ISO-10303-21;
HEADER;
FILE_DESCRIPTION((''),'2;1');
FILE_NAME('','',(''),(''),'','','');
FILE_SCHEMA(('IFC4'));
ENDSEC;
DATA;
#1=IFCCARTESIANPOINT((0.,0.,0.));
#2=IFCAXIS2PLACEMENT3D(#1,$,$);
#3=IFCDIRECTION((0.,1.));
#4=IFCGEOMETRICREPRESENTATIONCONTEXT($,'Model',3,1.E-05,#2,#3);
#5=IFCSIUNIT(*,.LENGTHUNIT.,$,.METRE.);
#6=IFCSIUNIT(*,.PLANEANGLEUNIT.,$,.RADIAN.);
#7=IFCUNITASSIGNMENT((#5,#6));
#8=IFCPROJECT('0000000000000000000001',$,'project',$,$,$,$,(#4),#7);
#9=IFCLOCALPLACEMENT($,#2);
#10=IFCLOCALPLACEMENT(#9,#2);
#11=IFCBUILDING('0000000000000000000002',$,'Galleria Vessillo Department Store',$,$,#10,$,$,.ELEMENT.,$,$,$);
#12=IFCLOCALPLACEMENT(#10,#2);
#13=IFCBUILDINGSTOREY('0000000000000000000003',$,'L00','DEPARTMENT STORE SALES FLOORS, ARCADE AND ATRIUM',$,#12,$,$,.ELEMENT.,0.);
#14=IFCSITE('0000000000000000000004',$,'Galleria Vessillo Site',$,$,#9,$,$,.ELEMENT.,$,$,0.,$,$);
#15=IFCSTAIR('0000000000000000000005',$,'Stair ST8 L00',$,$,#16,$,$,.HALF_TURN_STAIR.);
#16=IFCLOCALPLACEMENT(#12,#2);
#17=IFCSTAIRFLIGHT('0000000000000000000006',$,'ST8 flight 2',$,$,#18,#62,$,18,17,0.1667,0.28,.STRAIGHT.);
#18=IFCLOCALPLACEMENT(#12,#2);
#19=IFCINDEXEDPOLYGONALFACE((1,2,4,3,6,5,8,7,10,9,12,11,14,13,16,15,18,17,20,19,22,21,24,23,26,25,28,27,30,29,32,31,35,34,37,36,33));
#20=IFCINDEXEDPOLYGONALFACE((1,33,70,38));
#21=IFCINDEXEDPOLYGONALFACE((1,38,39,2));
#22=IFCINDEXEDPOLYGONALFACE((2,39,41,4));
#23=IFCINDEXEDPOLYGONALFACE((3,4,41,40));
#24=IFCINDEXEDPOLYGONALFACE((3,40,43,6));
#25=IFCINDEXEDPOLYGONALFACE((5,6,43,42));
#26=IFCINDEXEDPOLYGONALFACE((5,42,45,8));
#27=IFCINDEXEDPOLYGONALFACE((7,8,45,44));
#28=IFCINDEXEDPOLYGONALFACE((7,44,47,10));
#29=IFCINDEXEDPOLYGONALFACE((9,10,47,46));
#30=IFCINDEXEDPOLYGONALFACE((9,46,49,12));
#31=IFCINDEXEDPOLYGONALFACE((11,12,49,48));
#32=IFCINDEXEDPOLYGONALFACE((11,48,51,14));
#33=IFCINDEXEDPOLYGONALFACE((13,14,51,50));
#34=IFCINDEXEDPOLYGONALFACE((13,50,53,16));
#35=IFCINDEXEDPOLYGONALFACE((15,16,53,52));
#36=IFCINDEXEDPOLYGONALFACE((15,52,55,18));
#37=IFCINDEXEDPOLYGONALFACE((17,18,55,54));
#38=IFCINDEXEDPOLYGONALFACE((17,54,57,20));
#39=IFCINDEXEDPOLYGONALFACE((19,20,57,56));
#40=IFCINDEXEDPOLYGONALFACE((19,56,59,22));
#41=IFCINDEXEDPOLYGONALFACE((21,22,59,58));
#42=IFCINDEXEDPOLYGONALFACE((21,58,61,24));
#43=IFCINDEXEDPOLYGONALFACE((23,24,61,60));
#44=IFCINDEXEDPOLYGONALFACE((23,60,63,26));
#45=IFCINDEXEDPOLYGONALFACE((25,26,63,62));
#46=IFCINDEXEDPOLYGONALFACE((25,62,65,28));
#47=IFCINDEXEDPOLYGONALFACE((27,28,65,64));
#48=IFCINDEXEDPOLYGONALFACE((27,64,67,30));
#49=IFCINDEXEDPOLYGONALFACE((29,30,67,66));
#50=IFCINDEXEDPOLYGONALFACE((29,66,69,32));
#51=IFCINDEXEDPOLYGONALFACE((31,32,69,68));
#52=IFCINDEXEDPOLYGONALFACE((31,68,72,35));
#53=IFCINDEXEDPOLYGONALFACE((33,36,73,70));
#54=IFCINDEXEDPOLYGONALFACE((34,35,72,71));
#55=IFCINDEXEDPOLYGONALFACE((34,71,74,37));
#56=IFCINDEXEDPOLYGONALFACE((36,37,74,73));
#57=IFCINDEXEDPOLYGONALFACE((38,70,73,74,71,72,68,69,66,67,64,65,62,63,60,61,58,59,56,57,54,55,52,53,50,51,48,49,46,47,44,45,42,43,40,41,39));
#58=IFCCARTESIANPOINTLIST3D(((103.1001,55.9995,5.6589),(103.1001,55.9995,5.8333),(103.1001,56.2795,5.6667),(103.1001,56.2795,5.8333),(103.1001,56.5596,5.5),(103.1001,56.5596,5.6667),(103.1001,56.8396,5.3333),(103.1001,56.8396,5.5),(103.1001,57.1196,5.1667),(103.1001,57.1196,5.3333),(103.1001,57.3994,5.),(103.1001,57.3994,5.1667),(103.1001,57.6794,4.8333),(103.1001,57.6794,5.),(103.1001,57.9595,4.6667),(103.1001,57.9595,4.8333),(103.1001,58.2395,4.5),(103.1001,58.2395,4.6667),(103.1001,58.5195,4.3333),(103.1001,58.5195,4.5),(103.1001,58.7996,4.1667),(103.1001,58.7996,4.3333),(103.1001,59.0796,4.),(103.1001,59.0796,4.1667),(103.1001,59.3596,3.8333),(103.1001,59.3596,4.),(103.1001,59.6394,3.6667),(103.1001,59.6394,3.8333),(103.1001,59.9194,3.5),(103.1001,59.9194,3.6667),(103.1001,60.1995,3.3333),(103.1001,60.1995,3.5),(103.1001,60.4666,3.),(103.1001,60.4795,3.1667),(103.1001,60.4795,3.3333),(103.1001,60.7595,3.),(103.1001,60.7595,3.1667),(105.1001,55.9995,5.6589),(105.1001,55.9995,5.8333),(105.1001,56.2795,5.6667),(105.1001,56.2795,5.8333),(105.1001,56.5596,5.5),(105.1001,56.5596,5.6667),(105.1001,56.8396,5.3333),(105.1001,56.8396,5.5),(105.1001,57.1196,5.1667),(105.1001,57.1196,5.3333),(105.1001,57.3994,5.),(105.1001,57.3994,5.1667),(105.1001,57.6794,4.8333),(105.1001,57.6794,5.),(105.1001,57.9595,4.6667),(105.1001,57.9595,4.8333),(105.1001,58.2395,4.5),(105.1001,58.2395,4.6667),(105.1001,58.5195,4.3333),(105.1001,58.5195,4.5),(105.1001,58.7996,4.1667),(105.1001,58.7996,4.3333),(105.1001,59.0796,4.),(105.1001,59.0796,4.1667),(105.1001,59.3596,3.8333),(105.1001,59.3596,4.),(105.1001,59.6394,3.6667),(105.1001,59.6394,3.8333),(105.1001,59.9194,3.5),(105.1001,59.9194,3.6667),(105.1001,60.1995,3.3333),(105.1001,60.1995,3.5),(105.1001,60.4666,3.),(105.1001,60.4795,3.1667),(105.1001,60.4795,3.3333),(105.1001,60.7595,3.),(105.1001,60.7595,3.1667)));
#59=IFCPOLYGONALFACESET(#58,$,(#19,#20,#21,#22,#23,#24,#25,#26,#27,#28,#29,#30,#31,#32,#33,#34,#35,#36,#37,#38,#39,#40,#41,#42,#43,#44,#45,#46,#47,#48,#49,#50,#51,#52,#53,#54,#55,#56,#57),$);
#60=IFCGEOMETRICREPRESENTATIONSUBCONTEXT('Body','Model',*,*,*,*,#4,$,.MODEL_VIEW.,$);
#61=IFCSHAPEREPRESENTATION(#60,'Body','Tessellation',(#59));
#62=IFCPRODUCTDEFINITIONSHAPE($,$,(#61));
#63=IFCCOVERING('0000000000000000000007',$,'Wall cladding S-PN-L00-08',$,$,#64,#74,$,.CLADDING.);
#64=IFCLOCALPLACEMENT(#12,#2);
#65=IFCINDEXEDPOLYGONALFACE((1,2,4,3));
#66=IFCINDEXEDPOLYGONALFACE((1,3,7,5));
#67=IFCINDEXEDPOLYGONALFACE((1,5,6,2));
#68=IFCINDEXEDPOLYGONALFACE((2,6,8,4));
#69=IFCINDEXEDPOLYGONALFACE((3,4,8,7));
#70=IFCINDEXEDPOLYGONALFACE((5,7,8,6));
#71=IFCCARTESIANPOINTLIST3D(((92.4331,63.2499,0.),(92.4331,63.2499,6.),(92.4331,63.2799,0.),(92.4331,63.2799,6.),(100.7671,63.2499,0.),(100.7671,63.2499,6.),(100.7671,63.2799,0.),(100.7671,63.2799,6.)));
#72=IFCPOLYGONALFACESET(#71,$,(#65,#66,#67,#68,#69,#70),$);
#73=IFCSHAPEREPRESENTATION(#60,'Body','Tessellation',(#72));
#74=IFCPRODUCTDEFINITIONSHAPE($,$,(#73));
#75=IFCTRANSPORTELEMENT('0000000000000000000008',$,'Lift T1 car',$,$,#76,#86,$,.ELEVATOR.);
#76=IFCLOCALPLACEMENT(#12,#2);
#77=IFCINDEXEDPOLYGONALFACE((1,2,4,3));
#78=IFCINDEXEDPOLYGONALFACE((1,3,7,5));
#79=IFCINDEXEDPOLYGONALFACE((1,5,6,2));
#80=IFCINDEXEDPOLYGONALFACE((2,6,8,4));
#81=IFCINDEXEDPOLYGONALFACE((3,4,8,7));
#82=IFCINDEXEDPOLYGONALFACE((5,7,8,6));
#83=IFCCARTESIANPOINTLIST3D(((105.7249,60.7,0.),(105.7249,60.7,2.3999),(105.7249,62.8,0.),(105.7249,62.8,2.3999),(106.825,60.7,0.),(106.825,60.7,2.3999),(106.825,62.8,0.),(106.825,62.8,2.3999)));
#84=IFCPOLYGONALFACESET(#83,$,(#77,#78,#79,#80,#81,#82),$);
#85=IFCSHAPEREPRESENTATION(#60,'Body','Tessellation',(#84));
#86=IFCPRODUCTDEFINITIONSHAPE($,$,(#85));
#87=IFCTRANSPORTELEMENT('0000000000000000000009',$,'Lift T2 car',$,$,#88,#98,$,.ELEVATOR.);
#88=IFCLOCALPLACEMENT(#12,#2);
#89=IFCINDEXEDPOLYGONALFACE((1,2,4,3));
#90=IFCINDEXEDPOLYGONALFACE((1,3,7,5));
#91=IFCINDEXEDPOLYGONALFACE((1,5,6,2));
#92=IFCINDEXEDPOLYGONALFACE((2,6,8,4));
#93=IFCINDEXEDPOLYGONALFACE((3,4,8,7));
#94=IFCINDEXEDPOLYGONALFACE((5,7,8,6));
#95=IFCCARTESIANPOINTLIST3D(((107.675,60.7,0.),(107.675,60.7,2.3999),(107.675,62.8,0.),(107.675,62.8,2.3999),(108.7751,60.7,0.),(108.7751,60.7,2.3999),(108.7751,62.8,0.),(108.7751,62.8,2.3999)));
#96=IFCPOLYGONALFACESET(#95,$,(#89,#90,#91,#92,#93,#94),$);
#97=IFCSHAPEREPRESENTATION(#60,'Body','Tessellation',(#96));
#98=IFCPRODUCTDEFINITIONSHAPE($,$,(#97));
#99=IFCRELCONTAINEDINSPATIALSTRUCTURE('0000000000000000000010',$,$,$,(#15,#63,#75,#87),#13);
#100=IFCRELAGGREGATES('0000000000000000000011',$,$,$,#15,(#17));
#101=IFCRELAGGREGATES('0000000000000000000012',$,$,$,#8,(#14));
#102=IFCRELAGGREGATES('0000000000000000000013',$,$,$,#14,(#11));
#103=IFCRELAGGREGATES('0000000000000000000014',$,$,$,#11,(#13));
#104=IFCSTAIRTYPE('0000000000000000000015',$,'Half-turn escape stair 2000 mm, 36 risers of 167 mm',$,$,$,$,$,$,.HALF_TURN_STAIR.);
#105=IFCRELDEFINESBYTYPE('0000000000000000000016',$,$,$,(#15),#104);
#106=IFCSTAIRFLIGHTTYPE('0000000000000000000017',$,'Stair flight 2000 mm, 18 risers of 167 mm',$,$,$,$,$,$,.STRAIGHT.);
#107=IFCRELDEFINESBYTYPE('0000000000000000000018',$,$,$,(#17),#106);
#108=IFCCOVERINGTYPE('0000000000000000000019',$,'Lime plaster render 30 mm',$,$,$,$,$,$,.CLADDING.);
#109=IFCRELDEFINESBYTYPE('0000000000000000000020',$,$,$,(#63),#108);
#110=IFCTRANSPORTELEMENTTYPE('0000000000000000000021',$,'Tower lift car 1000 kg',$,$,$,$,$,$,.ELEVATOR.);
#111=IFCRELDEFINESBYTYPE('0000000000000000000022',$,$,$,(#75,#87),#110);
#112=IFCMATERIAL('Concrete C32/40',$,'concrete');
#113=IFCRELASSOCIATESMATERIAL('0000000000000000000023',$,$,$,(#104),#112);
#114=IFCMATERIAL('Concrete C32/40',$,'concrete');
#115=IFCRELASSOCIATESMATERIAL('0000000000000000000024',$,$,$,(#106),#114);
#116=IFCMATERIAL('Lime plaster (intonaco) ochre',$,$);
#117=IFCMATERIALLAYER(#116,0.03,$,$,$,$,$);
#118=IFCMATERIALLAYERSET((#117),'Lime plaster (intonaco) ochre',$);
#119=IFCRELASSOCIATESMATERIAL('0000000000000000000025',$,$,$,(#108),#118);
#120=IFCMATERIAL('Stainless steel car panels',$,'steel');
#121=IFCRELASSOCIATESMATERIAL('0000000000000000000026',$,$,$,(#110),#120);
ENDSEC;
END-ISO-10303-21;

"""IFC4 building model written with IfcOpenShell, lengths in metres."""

from ifc_helpers import new_model, si_unit, direction, frame, origin, origin_2d, place, context, subcontext, project, spatial, polyline, rectangle, outline, extrude, material, layer, layer_set, type_object, element, aggregate, save


model = new_model("IFC4")

# Units and contexts
model_context = context("Model", 3, precision=1e-05, world=origin(), true_north=direction((0.0, 1.0)))
body_context = subcontext(model_context, "Body", "Model", "MODEL_VIEW")
ifc_project = project(units=[si_unit("LENGTHUNIT", "METRE"), si_unit("PLANEANGLEUNIT", "RADIAN")], contexts=[model_context])

# Site, building, storey
site_placement = place(None, origin())
site = spatial("IfcSite", under=ifc_project, at=site_placement, Name="Galleria Vessillo Site", CompositionType="ELEMENT", RefElevation=0.0)
building_placement = place(site_placement, origin())
building = spatial("IfcBuilding", under=site, at=building_placement, Name="Galleria Vessillo Department Store", CompositionType="ELEMENT")
storey_placement = place(building_placement, origin())
storey = spatial("IfcBuildingStorey", under=building, at=storey_placement, Name="L00", Description="DEPARTMENT STORE SALES FLOORS, ARCADE AND ATRIUM", CompositionType="ELEMENT", Elevation=0.0)

# Stair, stair flight
ifc_material_1 = material(Name="Concrete C32/40", Category="concrete")
stair_type = type_object("IfcStairType", Name="Half-turn escape stair 2000 mm, 36 risers of 167 mm", PredefinedType="HALF_TURN_STAIR", material=ifc_material_1)
stair_placement = place(storey_placement, origin())
stair = element("IfcStair", 1, at=stair_placement, inside=storey, type_object=stair_type, Name="Stair ST8 L00", PredefinedType="HALF_TURN_STAIR")
ifc_material_2 = material(Name="Concrete C32/40", Category="concrete")
stair_flight_type = type_object("IfcStairFlightType", Name="Stair flight 2000 mm, 18 risers of 167 mm", PredefinedType="STRAIGHT", material=ifc_material_2)
stair_flight_1_placement = place(storey_placement, frame((104.1001, 60.7595, 3.0), z_axis=(0.0, 0.0, 1.0), x_axis=(0.0, -1.0, 0.0)))
stair_flight_1 = element("IfcStairFlight", 2, at=stair_flight_1_placement, type_object=stair_flight_type, Name="ST8 flight 2", NumberOfRisers=18, NumberOfTreads=17, PredefinedType="STRAIGHT", RiserHeight=0.1667, TreadLength=0.28, context=body_context, shape_type="SweptSolid", body=[
    extrude(outline(polyline([(0.0, 0.0), (0.0, 0.1667), (0.28, 0.1667), (0.28, 0.3333), (0.5601, 0.3333), (0.5601, 0.5), (0.8401, 0.5), (0.8401, 0.6667), (1.1201, 0.6667), (1.1201, 0.8333), (1.3999, 0.8333), (1.3999, 1.0), (1.6799, 1.0), (1.6799, 1.1667), (1.96, 1.1667), (1.96, 1.3333), (2.24, 1.3333), (2.24, 1.5), (2.52, 1.5), (2.52, 1.6667), (2.8, 1.6667), (2.8, 1.8333), (3.0801, 1.8333), (3.0801, 2.0), (3.3601, 2.0), (3.3601, 2.1667), (3.6399, 2.1667), (3.6399, 2.3333), (3.9199, 2.3333), (3.9199, 2.5), (4.2, 2.5), (4.2, 2.6667), (4.48, 2.6667), (4.48, 2.8333), (4.76, 2.8333), (4.76, 3.0), (4.76, 2.6589), (0.293, 0.0), (0.0, 0.0)])), frame((0.0, 1.0, 0.0), z_axis=(0.0, -1.0, 0.0), x_axis=(1.0, 0.0, 0.0)), (0.0, 0.0, 1.0), 2.0),
])
aggregate(stair, [stair_flight_1])

# Covering
ifc_material_3 = material(Name="Lime plaster (intonaco) ochre")
ifc_layer_1 = layer(ifc_material_3, 0.03)
ifc_layer_set_1 = layer_set([ifc_layer_1], Name="Lime plaster (intonaco) ochre")
covering_type = type_object("IfcCoveringType", Name="Lime plaster render 30 mm", PredefinedType="CLADDING", material=ifc_layer_set_1)
covering_placement = place(storey_placement, frame((96.6001, 63.2649, 0.0), z_axis=(0.0, 0.0, 1.0), x_axis=(1.0, 0.0, 0.0)))
element("IfcCovering", 3, at=covering_placement, inside=storey, type_object=covering_type, Name="Wall cladding S-PN-L00-08", PredefinedType="CLADDING", context=body_context, shape_type="SweptSolid", body=[
    extrude(rectangle(XDim=8.334, YDim=0.03, at=origin_2d()), origin(), (0.0, 0.0, 1.0), 6.0),
])

# Transport elements
ifc_material_4 = material(Name="Stainless steel car panels", Category="steel")
transport_element_type = type_object("IfcTransportElementType", Name="Tower lift car 1000 kg", PredefinedType="ELEVATOR", material=ifc_material_4)
for number, where, z_axis, x_axis, name in (
    (4, (106.2749, 61.75, 0.0), (0.0, 0.0, 1.0), (1.0, 0.0, 0.0), "Lift T1 car"),
    (5, (108.2251, 61.75, 0.0), (0.0, 0.0, 1.0), (1.0, 0.0, 0.0), "Lift T2 car"),
):
    element("IfcTransportElement", number, at=place(storey_placement, frame(where, z_axis=z_axis, x_axis=x_axis)), inside=storey, type_object=transport_element_type, Name=name, PredefinedType="ELEVATOR", context=body_context, shape_type="SweptSolid", body=[
        extrude(rectangle(XDim=1.1001, YDim=2.1001, at=origin_2d()), origin(), (0.0, 0.0, 1.0), 2.3999),
    ])

save(model, "model.ifc")
